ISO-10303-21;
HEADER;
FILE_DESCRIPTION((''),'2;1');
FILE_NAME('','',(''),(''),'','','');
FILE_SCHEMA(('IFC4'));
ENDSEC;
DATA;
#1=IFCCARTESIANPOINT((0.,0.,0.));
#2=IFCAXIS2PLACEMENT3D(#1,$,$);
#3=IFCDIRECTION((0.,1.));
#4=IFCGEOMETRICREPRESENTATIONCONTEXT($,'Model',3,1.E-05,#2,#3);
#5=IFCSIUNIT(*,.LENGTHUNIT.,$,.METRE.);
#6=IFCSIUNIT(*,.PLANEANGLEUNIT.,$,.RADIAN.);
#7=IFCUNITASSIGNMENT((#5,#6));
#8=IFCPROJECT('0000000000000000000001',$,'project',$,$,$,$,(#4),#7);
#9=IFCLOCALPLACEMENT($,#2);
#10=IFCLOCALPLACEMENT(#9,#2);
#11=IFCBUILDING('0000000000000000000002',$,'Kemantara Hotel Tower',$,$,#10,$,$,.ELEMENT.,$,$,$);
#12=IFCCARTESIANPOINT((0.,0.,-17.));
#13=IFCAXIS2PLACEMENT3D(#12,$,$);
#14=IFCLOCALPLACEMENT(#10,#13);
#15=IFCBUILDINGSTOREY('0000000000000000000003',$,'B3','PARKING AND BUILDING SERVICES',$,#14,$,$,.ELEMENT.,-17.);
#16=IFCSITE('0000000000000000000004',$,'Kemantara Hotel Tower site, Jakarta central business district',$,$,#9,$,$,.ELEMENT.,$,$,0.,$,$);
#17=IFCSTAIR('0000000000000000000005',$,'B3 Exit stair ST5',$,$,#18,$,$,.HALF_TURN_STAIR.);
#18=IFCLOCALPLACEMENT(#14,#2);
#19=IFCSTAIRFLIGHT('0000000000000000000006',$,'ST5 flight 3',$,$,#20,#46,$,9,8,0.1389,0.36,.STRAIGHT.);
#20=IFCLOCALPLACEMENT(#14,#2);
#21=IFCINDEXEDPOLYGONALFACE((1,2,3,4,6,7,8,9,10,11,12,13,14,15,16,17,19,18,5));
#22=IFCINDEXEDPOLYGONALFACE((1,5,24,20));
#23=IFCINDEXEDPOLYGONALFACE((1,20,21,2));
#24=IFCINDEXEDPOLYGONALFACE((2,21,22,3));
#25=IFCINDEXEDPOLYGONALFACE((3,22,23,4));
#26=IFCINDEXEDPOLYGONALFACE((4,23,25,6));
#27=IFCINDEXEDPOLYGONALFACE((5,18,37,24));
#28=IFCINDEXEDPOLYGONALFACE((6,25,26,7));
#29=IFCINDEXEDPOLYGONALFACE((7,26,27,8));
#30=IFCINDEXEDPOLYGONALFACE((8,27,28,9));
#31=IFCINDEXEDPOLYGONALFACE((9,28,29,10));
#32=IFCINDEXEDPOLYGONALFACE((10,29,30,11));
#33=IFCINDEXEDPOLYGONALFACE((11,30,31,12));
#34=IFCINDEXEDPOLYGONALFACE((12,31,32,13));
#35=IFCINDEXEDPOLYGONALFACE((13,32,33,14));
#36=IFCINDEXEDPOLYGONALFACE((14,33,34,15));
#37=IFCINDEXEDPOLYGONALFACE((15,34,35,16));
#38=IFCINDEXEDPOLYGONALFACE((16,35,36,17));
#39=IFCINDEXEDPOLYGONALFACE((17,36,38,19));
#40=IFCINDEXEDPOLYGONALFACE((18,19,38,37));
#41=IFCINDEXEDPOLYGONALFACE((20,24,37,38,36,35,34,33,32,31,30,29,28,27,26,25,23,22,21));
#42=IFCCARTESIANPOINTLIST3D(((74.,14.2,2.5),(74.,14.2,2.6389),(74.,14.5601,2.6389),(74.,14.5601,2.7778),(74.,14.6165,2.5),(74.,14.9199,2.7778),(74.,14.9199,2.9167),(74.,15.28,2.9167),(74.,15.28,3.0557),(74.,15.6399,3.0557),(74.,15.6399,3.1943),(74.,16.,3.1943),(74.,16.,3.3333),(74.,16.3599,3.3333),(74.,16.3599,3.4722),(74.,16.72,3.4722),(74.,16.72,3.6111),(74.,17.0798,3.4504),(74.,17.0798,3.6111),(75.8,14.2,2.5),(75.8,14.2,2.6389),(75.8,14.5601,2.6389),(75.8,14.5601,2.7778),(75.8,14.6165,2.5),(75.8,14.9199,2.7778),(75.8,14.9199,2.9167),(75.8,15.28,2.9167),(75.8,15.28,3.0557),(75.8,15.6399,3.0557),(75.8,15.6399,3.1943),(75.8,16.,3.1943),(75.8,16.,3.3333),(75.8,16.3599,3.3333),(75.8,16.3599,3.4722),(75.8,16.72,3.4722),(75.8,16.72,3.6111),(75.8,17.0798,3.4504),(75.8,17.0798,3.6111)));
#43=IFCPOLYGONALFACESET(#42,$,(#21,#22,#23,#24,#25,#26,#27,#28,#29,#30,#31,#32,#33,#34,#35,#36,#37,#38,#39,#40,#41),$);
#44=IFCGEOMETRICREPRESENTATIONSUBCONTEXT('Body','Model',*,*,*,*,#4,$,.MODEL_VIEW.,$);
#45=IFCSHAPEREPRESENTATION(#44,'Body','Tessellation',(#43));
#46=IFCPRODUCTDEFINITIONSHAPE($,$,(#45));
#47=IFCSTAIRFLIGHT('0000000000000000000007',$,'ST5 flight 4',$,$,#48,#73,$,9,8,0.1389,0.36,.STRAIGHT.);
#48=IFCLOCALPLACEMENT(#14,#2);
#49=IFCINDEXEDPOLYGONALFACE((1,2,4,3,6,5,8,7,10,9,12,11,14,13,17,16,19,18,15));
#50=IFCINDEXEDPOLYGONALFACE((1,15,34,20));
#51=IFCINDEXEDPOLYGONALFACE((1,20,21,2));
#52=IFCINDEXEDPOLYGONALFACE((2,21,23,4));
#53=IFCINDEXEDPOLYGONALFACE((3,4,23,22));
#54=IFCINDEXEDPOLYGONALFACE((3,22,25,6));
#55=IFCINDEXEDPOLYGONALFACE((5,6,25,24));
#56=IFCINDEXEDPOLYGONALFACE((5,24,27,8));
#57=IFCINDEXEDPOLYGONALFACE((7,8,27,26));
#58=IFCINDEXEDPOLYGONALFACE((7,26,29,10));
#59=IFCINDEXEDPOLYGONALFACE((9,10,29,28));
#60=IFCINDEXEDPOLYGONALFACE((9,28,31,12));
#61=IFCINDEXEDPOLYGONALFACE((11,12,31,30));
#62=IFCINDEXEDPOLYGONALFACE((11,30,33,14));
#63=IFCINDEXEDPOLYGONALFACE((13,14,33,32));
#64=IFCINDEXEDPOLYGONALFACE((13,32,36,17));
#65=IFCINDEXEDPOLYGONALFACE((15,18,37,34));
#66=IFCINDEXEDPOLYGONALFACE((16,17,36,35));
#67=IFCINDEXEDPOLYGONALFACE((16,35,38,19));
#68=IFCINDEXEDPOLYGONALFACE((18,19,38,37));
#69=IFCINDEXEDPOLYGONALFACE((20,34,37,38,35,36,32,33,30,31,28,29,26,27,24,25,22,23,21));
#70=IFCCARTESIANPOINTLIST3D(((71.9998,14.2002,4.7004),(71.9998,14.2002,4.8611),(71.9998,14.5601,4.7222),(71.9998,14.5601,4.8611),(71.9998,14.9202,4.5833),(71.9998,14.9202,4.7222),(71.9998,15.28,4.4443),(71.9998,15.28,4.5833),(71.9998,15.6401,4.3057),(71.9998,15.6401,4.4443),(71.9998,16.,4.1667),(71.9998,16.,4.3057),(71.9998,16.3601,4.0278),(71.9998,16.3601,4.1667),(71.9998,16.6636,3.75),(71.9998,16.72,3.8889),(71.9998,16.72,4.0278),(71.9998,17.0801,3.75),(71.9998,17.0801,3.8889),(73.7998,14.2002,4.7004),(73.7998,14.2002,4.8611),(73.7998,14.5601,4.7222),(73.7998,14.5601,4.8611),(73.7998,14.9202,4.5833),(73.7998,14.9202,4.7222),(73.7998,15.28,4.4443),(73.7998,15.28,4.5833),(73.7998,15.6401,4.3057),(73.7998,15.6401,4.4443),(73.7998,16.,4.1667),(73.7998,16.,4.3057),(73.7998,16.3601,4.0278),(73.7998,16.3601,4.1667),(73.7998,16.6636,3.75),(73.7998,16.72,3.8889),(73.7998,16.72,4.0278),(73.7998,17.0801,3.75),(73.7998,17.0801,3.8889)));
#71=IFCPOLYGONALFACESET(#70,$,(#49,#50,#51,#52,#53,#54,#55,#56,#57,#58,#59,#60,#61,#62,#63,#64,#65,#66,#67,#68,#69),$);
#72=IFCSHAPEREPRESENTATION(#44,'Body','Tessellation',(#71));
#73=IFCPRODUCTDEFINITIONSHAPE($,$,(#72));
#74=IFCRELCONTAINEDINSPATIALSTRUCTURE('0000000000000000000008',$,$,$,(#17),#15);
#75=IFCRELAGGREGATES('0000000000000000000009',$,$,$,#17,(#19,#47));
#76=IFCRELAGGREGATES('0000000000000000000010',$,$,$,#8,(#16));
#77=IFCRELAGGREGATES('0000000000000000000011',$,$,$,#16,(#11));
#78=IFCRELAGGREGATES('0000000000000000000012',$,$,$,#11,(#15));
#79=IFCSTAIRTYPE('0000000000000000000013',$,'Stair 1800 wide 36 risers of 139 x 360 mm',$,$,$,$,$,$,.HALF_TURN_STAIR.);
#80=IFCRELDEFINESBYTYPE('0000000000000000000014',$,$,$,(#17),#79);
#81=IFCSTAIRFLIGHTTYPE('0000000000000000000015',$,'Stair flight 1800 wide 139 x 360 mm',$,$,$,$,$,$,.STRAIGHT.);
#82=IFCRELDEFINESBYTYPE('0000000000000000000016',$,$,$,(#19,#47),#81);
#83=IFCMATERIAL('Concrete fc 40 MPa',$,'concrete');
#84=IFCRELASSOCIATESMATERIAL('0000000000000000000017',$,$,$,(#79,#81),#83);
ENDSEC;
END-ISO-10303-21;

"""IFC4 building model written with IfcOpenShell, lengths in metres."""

from ifc_helpers import new_model, si_unit, direction, frame, origin, place, context, subcontext, project, spatial, polyline, outline, extrude, material, type_object, element, aggregate, save


model = new_model("IFC4")

# Units and contexts
model_context = context("Model", 3, precision=1e-05, world=origin(), true_north=direction((0.0, 1.0)))
body_context = subcontext(model_context, "Body", "Model", "MODEL_VIEW")
ifc_project = project(units=[si_unit("LENGTHUNIT", "METRE"), si_unit("PLANEANGLEUNIT", "RADIAN")], contexts=[model_context])

# Site, building, storey
site_placement = place(None, origin())
site = spatial("IfcSite", under=ifc_project, at=site_placement, Name="Kemantara Hotel Tower site, Jakarta central business district", CompositionType="ELEMENT", RefElevation=0.0)
building_placement = place(site_placement, origin())
building = spatial("IfcBuilding", under=site, at=building_placement, Name="Kemantara Hotel Tower", CompositionType="ELEMENT")
storey_placement = place(building_placement, frame((0.0, 0.0, -17.0)))
storey = spatial("IfcBuildingStorey", under=building, at=storey_placement, Name="B3", Description="PARKING AND BUILDING SERVICES", CompositionType="ELEMENT", Elevation=-17.0)

# Shared definitions
ifc_material_1 = material(Name="Concrete fc 40 MPa", Category="concrete")

# Stair, stair flights
stair_type = type_object("IfcStairType", Name="Stair 1800 wide 36 risers of 139 x 360 mm", PredefinedType="HALF_TURN_STAIR", material=ifc_material_1)
stair_placement = place(storey_placement, origin())
stair = element("IfcStair", 1, at=stair_placement, inside=storey, type_object=stair_type, Name="B3 Exit stair ST5", PredefinedType="HALF_TURN_STAIR")
stair_flight_type = type_object("IfcStairFlightType", Name="Stair flight 1800 wide 139 x 360 mm", PredefinedType="STRAIGHT", material=ifc_material_1)
stair_flight_1_placement = place(storey_placement, frame((74.8999, 14.2, 2.5), z_axis=(0.0, 0.0, 1.0), x_axis=(0.0, 1.0, 0.0)))
stair_flight_1 = element("IfcStairFlight", 2, at=stair_flight_1_placement, type_object=stair_flight_type, Name="ST5 flight 3", NumberOfRisers=9, NumberOfTreads=8, PredefinedType="STRAIGHT", RiserHeight=0.1389, TreadLength=0.36, context=body_context, shape_type="SweptSolid", body=[
    extrude(outline(polyline([(0.0, 0.0), (0.0, 0.1389), (0.3601, 0.1389), (0.3601, 0.2778), (0.72, 0.2778), (0.72, 0.4167), (1.0801, 0.4167), (1.0801, 0.5557), (1.4399, 0.5557), (1.4399, 0.6943), (1.8, 0.6943), (1.8, 0.8333), (2.1599, 0.8333), (2.1599, 0.9722), (2.52, 0.9722), (2.52, 1.1111), (2.8799, 1.1111), (2.8799, 1.25), (2.8799, 0.9504), (0.4165, 0.0), (0.0, 0.0)])), frame((0.0, 0.8999, 0.0), z_axis=(0.0, -1.0, 0.0), x_axis=(1.0, 0.0, 0.0)), (0.0, 0.0, 1.0), 1.8),
])
stair_flight_2_placement = place(storey_placement, frame((72.8999, 17.0801, 3.75), z_axis=(0.0, 0.0, 1.0), x_axis=(0.0, -1.0, 0.0)))
stair_flight_2 = element("IfcStairFlight", 3, at=stair_flight_2_placement, type_object=stair_flight_type, Name="ST5 flight 4", NumberOfRisers=9, NumberOfTreads=8, PredefinedType="STRAIGHT", RiserHeight=0.1389, TreadLength=0.36, context=body_context, shape_type="SweptSolid", body=[
    extrude(outline(polyline([(0.0, 0.0), (0.0, 0.1389), (0.3601, 0.1389), (0.3601, 0.2778), (0.72, 0.2778), (0.72, 0.4167), (1.0801, 0.4167), (1.0801, 0.5557), (1.4399, 0.5557), (1.4399, 0.6943), (1.8, 0.6943), (1.8, 0.8333), (2.1599, 0.8333), (2.1599, 0.9722), (2.52, 0.9722), (2.52, 1.1111), (2.8799, 1.1111), (2.8799, 1.25), (2.8799, 0.9504), (0.4165, 0.0), (0.0, 0.0)])), frame((0.0, 0.8999, 0.0), z_axis=(0.0, -1.0, 0.0), x_axis=(1.0, 0.0, 0.0)), (0.0, 0.0, 1.0), 1.8),
])
aggregate(stair, [stair_flight_1, stair_flight_2])

save(model, "model.ifc")
